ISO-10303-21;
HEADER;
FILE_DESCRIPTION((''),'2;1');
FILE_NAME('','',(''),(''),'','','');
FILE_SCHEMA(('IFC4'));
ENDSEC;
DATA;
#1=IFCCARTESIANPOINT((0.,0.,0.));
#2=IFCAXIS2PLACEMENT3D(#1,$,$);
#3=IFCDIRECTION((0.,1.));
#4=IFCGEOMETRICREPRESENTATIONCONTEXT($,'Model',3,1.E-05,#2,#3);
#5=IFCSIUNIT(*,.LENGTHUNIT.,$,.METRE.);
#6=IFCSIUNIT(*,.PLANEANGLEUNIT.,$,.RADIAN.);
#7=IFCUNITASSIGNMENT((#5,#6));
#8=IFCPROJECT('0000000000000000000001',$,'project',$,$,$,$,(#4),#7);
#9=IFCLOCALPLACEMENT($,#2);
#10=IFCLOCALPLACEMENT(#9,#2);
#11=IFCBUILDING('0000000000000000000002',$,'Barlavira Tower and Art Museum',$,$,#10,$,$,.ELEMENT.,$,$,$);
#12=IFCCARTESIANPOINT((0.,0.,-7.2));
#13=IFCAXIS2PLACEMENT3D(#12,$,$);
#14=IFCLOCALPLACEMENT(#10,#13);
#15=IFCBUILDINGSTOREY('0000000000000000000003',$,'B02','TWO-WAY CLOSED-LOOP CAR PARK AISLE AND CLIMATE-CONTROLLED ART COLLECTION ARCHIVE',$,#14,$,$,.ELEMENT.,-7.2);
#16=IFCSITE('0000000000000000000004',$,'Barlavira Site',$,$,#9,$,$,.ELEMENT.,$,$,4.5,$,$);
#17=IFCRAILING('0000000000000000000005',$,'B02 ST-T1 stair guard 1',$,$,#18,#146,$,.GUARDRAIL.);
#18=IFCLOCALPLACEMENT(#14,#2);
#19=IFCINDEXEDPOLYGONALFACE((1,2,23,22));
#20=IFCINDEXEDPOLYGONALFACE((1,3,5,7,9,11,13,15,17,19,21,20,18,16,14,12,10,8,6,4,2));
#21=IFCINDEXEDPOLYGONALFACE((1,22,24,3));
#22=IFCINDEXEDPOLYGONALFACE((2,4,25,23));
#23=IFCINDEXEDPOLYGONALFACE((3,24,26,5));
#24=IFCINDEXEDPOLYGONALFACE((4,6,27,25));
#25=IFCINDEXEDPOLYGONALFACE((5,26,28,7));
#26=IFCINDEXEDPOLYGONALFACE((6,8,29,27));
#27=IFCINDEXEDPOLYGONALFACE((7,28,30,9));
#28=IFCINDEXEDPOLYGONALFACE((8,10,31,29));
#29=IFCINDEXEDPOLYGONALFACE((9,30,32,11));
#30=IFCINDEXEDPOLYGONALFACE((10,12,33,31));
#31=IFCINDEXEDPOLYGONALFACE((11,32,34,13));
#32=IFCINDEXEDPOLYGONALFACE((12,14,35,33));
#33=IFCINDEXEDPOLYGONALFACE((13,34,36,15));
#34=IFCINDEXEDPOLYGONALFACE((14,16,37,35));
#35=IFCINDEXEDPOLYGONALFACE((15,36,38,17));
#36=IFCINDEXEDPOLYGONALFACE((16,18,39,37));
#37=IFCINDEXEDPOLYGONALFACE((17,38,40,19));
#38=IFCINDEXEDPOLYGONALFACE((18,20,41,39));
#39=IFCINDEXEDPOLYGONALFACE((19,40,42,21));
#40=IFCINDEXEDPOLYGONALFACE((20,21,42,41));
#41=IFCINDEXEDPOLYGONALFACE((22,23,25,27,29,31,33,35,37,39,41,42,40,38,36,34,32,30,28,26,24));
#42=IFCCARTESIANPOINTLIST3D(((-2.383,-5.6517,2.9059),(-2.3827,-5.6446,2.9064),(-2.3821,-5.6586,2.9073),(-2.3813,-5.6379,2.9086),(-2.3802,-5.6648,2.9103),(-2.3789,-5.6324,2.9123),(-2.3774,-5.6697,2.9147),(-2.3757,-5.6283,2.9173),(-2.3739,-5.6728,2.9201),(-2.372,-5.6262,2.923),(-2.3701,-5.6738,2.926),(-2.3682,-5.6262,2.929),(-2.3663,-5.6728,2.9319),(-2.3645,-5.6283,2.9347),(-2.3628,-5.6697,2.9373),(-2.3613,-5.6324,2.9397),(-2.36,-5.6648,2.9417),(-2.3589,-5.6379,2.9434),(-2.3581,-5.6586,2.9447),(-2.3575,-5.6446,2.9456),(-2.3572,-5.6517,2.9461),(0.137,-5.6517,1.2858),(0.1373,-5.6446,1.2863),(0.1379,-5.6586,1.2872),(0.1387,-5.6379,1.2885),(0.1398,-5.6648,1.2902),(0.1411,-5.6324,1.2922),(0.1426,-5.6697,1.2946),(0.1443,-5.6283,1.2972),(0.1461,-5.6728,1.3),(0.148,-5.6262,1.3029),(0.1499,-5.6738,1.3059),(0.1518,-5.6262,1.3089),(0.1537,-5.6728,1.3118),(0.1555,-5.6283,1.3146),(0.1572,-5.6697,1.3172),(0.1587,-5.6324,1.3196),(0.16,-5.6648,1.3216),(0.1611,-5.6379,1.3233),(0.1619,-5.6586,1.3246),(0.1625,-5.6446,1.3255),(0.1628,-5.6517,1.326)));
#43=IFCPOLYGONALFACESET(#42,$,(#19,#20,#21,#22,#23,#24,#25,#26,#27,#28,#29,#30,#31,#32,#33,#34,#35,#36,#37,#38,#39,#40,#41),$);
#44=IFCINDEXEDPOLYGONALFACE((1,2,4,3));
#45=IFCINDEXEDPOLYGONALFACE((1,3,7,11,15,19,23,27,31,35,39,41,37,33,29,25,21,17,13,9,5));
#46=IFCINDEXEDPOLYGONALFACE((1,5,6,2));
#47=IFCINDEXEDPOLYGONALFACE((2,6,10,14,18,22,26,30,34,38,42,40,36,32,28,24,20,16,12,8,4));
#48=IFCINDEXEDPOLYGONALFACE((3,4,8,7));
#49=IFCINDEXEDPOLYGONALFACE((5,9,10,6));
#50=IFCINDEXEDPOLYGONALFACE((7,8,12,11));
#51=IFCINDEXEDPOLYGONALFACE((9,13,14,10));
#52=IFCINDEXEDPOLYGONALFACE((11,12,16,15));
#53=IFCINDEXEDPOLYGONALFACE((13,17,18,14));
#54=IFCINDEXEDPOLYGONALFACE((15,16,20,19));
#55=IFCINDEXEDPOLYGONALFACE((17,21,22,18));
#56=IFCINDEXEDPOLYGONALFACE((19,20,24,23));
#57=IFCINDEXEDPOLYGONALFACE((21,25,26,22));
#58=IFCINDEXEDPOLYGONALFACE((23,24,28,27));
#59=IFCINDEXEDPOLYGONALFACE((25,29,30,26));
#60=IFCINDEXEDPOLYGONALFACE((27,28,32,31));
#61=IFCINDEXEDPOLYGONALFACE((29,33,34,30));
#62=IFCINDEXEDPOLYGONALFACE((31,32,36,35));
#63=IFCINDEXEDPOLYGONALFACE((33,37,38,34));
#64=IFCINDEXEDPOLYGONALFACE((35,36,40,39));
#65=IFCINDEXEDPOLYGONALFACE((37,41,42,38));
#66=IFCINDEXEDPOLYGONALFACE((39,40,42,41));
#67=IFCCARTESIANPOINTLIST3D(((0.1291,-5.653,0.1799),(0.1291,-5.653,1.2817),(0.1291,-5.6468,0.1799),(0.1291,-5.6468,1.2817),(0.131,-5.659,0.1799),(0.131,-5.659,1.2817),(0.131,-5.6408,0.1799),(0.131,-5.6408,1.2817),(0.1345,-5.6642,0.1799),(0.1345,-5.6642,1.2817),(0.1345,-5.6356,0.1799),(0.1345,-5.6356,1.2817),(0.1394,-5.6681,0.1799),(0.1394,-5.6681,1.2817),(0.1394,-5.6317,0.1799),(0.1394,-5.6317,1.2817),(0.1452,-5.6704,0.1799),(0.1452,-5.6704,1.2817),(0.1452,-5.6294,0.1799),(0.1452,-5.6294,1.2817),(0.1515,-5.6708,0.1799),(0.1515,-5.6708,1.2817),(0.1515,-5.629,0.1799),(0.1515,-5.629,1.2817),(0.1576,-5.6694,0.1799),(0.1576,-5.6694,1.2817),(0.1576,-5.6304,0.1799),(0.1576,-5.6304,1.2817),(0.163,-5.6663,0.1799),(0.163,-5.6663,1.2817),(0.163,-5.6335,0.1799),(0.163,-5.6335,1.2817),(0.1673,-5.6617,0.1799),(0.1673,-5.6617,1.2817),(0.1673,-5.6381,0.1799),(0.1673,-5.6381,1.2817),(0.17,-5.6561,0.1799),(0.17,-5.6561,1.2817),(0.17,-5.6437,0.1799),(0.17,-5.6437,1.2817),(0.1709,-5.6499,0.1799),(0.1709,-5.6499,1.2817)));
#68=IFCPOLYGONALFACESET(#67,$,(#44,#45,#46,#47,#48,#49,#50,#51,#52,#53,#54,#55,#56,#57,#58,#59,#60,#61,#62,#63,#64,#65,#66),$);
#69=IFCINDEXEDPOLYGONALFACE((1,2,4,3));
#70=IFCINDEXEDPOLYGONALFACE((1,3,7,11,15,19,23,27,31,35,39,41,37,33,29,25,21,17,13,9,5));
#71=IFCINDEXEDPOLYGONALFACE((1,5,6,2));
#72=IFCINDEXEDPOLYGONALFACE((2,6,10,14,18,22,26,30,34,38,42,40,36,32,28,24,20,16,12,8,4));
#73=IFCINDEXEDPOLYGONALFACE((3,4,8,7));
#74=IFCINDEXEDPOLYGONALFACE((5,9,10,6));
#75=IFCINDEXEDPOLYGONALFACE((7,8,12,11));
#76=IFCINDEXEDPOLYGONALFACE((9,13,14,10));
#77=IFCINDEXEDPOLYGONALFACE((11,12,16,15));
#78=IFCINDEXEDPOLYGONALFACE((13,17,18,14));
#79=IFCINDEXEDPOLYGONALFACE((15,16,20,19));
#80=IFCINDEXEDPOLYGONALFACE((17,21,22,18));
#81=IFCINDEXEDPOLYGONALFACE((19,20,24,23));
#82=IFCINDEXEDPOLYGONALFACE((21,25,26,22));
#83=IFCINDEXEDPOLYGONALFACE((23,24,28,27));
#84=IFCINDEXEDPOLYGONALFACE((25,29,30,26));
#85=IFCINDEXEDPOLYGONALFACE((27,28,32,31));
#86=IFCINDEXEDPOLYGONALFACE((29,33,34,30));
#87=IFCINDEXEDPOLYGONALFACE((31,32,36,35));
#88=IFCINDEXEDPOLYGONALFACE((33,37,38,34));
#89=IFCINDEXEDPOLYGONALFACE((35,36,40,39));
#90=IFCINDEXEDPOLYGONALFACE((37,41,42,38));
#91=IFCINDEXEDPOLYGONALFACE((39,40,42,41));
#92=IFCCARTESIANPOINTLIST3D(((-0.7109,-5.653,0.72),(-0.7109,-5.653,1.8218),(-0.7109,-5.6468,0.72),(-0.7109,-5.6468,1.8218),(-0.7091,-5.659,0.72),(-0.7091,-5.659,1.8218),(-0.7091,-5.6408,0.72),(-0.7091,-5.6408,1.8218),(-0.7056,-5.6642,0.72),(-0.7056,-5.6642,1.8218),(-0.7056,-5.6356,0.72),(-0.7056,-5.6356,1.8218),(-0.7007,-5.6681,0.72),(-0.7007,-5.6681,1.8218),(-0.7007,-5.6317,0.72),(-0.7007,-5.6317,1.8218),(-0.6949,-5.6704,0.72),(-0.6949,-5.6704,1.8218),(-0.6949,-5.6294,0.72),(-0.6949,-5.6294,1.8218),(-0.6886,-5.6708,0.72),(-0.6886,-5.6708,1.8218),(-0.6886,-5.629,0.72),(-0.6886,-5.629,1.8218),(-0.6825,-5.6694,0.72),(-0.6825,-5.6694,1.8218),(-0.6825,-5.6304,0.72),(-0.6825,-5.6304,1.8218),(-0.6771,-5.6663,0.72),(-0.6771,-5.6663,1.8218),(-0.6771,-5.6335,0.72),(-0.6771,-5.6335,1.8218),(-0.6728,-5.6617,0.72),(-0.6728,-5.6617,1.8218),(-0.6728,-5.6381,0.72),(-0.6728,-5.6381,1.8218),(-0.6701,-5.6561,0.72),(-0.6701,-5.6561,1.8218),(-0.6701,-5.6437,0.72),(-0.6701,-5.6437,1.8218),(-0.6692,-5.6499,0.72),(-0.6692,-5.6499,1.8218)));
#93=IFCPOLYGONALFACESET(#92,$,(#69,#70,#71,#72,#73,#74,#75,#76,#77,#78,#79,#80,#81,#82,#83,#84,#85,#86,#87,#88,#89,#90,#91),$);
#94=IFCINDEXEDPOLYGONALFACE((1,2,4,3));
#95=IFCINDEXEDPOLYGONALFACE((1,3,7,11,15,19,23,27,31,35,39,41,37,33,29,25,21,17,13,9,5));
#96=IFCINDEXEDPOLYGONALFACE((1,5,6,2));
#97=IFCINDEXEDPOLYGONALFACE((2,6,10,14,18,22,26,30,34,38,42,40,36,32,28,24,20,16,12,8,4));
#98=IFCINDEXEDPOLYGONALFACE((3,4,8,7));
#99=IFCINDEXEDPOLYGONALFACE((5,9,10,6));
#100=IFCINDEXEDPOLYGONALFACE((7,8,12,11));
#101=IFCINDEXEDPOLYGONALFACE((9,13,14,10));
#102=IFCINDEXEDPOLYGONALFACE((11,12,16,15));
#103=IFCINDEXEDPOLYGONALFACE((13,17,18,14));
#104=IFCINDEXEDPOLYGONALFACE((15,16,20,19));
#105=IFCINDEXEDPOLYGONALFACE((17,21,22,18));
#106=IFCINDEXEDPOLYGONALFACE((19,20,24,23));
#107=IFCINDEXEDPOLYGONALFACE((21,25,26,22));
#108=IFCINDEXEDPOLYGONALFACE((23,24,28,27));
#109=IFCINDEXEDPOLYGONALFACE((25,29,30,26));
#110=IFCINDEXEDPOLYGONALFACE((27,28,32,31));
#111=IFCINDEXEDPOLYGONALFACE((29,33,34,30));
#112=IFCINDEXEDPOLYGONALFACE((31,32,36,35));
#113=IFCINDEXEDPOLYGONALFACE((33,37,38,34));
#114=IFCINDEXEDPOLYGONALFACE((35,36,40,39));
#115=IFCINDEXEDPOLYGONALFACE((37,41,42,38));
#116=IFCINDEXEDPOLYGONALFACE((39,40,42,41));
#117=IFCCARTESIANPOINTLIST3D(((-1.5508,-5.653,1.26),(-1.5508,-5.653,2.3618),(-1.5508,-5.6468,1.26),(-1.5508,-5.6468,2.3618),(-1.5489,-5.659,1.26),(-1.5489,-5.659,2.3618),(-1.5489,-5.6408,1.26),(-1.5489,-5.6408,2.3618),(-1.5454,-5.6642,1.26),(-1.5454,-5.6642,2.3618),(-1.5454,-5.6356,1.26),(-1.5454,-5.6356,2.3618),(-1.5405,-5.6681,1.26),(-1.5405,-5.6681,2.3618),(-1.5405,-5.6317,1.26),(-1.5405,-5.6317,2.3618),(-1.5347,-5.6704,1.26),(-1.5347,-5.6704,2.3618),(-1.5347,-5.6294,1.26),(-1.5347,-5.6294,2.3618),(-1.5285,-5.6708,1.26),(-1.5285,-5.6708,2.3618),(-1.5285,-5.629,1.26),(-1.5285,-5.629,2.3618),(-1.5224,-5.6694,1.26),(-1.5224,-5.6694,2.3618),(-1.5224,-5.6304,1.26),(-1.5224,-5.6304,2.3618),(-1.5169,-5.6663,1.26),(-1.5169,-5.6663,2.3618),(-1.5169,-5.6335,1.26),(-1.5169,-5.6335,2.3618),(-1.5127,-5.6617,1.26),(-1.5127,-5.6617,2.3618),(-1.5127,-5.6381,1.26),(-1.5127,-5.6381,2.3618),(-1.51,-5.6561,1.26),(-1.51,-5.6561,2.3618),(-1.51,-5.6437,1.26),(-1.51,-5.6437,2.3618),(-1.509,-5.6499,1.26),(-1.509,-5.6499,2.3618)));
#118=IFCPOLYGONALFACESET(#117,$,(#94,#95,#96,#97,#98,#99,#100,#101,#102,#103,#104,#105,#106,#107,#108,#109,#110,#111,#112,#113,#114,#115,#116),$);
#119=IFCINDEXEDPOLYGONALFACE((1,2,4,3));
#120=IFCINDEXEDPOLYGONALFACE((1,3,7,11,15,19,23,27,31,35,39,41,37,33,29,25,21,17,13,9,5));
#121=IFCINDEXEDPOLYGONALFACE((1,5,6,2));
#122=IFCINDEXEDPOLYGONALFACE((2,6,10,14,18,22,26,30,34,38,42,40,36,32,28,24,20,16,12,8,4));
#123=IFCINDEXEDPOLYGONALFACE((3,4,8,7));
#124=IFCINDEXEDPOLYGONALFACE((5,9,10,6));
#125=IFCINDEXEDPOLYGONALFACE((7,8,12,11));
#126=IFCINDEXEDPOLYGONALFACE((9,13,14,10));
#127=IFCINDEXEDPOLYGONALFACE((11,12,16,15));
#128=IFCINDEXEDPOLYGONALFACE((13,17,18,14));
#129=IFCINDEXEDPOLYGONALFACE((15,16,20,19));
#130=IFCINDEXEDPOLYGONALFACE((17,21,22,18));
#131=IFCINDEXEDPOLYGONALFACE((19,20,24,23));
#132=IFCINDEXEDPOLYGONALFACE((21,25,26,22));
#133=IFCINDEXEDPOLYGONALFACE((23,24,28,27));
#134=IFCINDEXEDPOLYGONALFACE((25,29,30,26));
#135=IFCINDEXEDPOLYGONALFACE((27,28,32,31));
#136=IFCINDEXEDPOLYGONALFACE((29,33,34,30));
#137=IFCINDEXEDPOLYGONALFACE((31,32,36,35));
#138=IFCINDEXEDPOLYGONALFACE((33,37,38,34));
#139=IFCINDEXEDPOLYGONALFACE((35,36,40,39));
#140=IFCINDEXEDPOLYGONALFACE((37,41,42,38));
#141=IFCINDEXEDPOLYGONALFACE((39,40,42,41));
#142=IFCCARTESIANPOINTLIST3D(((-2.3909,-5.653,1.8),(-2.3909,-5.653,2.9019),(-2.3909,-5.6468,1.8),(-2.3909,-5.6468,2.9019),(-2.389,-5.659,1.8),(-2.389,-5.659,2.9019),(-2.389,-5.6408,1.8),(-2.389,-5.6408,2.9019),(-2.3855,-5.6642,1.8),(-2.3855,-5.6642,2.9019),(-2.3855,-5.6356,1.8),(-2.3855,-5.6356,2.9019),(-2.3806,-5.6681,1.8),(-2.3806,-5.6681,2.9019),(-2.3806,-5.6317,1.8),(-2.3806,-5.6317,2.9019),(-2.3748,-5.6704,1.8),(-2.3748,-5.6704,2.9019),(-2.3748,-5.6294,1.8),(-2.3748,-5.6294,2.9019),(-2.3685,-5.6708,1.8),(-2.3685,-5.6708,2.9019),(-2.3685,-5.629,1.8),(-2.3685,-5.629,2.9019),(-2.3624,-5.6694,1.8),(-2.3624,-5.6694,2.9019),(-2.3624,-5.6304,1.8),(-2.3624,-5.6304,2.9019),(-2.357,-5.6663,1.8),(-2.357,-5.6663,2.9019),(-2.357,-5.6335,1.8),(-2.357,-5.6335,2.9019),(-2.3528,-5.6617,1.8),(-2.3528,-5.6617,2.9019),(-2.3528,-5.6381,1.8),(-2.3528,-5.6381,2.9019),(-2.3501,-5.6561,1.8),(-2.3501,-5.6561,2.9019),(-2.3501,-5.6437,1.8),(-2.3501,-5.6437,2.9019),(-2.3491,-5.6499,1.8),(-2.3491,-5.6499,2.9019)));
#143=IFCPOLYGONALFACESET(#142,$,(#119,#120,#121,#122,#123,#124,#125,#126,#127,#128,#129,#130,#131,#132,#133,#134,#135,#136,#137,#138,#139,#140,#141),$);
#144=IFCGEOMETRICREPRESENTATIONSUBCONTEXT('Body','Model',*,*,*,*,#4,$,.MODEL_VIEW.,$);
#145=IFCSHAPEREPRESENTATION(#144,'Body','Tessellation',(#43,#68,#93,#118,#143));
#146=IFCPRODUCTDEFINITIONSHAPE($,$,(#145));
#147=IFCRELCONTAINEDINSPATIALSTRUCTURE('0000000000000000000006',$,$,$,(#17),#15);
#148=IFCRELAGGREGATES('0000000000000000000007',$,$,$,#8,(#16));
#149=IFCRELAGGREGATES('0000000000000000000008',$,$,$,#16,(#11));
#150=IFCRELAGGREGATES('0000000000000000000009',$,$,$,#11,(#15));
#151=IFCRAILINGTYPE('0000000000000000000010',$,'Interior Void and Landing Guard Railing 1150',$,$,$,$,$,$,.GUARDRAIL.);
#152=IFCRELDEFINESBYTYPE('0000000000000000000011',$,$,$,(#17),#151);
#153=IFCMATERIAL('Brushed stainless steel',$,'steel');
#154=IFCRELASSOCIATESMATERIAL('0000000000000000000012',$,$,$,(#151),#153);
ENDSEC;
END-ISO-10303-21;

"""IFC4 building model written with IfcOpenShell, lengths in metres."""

from ifc_helpers import new_model, si_unit, direction, frame, origin, origin_2d, place, context, subcontext, project, spatial, circle, extrude, material, type_object, element, save


model = new_model("IFC4")

# Units and contexts
model_context = context("Model", 3, precision=1e-05, world=origin(), true_north=direction((0.0, 1.0)))
body_context = subcontext(model_context, "Body", "Model", "MODEL_VIEW")
ifc_project = project(units=[si_unit("LENGTHUNIT", "METRE"), si_unit("PLANEANGLEUNIT", "RADIAN")], contexts=[model_context])

# Site, building, storey
site_placement = place(None, origin())
site = spatial("IfcSite", under=ifc_project, at=site_placement, Name="Barlavira Site", CompositionType="ELEMENT", RefElevation=4.5)
building_placement = place(site_placement, origin())
building = spatial("IfcBuilding", under=site, at=building_placement, Name="Barlavira Tower and Art Museum", CompositionType="ELEMENT")
storey_placement = place(building_placement, frame((0.0, 0.0, -7.2)))
storey = spatial("IfcBuildingStorey", under=building, at=storey_placement, Name="B02", Description="TWO-WAY CLOSED-LOOP CAR PARK AISLE AND CLIMATE-CONTROLLED ART COLLECTION ARCHIVE", CompositionType="ELEMENT", Elevation=-7.2)

# Shared definitions
ifc_material_1 = material(Name="Brushed stainless steel", Category="steel")

# Railing
railing_type_1 = type_object("IfcRailingType", Name="Interior Void and Landing Guard Railing 1150", PredefinedType="GUARDRAIL", material=ifc_material_1)
railing_1_placement = place(storey_placement, frame((0.1499, -5.6499, 0.1799)))
element("IfcRailing", 1, at=railing_1_placement, inside=storey, type_object=railing_type_1, Name="B02 ST-T1 stair guard 1", PredefinedType="GUARDRAIL", context=body_context, shape_type="SweptSolid", body=[
    extrude(circle(Radius=0.0239, at=origin_2d()), frame((0.0, 0.0, 1.126), z_axis=(-0.841163, 0.0, 0.540782), x_axis=(0.0, -1.0, 0.0)), (0.0, 0.0, 1.0), 2.9958),
    extrude(circle(Radius=0.021, at=origin_2d()), origin(), (0.0, 0.0, 1.0), 1.1018),
    extrude(circle(Radius=0.021, at=origin_2d()), frame((-0.8401, 0.0, 0.54)), (0.0, 0.0, 1.0), 1.1018),
    extrude(circle(Radius=0.021, at=origin_2d()), frame((-1.6799, 0.0, 1.0801)), (0.0, 0.0, 1.0), 1.1018),
    extrude(circle(Radius=0.021, at=origin_2d()), frame((-2.52, 0.0, 1.6201)), (0.0, 0.0, 1.0), 1.1018),
])

save(model, "model.ifc")
